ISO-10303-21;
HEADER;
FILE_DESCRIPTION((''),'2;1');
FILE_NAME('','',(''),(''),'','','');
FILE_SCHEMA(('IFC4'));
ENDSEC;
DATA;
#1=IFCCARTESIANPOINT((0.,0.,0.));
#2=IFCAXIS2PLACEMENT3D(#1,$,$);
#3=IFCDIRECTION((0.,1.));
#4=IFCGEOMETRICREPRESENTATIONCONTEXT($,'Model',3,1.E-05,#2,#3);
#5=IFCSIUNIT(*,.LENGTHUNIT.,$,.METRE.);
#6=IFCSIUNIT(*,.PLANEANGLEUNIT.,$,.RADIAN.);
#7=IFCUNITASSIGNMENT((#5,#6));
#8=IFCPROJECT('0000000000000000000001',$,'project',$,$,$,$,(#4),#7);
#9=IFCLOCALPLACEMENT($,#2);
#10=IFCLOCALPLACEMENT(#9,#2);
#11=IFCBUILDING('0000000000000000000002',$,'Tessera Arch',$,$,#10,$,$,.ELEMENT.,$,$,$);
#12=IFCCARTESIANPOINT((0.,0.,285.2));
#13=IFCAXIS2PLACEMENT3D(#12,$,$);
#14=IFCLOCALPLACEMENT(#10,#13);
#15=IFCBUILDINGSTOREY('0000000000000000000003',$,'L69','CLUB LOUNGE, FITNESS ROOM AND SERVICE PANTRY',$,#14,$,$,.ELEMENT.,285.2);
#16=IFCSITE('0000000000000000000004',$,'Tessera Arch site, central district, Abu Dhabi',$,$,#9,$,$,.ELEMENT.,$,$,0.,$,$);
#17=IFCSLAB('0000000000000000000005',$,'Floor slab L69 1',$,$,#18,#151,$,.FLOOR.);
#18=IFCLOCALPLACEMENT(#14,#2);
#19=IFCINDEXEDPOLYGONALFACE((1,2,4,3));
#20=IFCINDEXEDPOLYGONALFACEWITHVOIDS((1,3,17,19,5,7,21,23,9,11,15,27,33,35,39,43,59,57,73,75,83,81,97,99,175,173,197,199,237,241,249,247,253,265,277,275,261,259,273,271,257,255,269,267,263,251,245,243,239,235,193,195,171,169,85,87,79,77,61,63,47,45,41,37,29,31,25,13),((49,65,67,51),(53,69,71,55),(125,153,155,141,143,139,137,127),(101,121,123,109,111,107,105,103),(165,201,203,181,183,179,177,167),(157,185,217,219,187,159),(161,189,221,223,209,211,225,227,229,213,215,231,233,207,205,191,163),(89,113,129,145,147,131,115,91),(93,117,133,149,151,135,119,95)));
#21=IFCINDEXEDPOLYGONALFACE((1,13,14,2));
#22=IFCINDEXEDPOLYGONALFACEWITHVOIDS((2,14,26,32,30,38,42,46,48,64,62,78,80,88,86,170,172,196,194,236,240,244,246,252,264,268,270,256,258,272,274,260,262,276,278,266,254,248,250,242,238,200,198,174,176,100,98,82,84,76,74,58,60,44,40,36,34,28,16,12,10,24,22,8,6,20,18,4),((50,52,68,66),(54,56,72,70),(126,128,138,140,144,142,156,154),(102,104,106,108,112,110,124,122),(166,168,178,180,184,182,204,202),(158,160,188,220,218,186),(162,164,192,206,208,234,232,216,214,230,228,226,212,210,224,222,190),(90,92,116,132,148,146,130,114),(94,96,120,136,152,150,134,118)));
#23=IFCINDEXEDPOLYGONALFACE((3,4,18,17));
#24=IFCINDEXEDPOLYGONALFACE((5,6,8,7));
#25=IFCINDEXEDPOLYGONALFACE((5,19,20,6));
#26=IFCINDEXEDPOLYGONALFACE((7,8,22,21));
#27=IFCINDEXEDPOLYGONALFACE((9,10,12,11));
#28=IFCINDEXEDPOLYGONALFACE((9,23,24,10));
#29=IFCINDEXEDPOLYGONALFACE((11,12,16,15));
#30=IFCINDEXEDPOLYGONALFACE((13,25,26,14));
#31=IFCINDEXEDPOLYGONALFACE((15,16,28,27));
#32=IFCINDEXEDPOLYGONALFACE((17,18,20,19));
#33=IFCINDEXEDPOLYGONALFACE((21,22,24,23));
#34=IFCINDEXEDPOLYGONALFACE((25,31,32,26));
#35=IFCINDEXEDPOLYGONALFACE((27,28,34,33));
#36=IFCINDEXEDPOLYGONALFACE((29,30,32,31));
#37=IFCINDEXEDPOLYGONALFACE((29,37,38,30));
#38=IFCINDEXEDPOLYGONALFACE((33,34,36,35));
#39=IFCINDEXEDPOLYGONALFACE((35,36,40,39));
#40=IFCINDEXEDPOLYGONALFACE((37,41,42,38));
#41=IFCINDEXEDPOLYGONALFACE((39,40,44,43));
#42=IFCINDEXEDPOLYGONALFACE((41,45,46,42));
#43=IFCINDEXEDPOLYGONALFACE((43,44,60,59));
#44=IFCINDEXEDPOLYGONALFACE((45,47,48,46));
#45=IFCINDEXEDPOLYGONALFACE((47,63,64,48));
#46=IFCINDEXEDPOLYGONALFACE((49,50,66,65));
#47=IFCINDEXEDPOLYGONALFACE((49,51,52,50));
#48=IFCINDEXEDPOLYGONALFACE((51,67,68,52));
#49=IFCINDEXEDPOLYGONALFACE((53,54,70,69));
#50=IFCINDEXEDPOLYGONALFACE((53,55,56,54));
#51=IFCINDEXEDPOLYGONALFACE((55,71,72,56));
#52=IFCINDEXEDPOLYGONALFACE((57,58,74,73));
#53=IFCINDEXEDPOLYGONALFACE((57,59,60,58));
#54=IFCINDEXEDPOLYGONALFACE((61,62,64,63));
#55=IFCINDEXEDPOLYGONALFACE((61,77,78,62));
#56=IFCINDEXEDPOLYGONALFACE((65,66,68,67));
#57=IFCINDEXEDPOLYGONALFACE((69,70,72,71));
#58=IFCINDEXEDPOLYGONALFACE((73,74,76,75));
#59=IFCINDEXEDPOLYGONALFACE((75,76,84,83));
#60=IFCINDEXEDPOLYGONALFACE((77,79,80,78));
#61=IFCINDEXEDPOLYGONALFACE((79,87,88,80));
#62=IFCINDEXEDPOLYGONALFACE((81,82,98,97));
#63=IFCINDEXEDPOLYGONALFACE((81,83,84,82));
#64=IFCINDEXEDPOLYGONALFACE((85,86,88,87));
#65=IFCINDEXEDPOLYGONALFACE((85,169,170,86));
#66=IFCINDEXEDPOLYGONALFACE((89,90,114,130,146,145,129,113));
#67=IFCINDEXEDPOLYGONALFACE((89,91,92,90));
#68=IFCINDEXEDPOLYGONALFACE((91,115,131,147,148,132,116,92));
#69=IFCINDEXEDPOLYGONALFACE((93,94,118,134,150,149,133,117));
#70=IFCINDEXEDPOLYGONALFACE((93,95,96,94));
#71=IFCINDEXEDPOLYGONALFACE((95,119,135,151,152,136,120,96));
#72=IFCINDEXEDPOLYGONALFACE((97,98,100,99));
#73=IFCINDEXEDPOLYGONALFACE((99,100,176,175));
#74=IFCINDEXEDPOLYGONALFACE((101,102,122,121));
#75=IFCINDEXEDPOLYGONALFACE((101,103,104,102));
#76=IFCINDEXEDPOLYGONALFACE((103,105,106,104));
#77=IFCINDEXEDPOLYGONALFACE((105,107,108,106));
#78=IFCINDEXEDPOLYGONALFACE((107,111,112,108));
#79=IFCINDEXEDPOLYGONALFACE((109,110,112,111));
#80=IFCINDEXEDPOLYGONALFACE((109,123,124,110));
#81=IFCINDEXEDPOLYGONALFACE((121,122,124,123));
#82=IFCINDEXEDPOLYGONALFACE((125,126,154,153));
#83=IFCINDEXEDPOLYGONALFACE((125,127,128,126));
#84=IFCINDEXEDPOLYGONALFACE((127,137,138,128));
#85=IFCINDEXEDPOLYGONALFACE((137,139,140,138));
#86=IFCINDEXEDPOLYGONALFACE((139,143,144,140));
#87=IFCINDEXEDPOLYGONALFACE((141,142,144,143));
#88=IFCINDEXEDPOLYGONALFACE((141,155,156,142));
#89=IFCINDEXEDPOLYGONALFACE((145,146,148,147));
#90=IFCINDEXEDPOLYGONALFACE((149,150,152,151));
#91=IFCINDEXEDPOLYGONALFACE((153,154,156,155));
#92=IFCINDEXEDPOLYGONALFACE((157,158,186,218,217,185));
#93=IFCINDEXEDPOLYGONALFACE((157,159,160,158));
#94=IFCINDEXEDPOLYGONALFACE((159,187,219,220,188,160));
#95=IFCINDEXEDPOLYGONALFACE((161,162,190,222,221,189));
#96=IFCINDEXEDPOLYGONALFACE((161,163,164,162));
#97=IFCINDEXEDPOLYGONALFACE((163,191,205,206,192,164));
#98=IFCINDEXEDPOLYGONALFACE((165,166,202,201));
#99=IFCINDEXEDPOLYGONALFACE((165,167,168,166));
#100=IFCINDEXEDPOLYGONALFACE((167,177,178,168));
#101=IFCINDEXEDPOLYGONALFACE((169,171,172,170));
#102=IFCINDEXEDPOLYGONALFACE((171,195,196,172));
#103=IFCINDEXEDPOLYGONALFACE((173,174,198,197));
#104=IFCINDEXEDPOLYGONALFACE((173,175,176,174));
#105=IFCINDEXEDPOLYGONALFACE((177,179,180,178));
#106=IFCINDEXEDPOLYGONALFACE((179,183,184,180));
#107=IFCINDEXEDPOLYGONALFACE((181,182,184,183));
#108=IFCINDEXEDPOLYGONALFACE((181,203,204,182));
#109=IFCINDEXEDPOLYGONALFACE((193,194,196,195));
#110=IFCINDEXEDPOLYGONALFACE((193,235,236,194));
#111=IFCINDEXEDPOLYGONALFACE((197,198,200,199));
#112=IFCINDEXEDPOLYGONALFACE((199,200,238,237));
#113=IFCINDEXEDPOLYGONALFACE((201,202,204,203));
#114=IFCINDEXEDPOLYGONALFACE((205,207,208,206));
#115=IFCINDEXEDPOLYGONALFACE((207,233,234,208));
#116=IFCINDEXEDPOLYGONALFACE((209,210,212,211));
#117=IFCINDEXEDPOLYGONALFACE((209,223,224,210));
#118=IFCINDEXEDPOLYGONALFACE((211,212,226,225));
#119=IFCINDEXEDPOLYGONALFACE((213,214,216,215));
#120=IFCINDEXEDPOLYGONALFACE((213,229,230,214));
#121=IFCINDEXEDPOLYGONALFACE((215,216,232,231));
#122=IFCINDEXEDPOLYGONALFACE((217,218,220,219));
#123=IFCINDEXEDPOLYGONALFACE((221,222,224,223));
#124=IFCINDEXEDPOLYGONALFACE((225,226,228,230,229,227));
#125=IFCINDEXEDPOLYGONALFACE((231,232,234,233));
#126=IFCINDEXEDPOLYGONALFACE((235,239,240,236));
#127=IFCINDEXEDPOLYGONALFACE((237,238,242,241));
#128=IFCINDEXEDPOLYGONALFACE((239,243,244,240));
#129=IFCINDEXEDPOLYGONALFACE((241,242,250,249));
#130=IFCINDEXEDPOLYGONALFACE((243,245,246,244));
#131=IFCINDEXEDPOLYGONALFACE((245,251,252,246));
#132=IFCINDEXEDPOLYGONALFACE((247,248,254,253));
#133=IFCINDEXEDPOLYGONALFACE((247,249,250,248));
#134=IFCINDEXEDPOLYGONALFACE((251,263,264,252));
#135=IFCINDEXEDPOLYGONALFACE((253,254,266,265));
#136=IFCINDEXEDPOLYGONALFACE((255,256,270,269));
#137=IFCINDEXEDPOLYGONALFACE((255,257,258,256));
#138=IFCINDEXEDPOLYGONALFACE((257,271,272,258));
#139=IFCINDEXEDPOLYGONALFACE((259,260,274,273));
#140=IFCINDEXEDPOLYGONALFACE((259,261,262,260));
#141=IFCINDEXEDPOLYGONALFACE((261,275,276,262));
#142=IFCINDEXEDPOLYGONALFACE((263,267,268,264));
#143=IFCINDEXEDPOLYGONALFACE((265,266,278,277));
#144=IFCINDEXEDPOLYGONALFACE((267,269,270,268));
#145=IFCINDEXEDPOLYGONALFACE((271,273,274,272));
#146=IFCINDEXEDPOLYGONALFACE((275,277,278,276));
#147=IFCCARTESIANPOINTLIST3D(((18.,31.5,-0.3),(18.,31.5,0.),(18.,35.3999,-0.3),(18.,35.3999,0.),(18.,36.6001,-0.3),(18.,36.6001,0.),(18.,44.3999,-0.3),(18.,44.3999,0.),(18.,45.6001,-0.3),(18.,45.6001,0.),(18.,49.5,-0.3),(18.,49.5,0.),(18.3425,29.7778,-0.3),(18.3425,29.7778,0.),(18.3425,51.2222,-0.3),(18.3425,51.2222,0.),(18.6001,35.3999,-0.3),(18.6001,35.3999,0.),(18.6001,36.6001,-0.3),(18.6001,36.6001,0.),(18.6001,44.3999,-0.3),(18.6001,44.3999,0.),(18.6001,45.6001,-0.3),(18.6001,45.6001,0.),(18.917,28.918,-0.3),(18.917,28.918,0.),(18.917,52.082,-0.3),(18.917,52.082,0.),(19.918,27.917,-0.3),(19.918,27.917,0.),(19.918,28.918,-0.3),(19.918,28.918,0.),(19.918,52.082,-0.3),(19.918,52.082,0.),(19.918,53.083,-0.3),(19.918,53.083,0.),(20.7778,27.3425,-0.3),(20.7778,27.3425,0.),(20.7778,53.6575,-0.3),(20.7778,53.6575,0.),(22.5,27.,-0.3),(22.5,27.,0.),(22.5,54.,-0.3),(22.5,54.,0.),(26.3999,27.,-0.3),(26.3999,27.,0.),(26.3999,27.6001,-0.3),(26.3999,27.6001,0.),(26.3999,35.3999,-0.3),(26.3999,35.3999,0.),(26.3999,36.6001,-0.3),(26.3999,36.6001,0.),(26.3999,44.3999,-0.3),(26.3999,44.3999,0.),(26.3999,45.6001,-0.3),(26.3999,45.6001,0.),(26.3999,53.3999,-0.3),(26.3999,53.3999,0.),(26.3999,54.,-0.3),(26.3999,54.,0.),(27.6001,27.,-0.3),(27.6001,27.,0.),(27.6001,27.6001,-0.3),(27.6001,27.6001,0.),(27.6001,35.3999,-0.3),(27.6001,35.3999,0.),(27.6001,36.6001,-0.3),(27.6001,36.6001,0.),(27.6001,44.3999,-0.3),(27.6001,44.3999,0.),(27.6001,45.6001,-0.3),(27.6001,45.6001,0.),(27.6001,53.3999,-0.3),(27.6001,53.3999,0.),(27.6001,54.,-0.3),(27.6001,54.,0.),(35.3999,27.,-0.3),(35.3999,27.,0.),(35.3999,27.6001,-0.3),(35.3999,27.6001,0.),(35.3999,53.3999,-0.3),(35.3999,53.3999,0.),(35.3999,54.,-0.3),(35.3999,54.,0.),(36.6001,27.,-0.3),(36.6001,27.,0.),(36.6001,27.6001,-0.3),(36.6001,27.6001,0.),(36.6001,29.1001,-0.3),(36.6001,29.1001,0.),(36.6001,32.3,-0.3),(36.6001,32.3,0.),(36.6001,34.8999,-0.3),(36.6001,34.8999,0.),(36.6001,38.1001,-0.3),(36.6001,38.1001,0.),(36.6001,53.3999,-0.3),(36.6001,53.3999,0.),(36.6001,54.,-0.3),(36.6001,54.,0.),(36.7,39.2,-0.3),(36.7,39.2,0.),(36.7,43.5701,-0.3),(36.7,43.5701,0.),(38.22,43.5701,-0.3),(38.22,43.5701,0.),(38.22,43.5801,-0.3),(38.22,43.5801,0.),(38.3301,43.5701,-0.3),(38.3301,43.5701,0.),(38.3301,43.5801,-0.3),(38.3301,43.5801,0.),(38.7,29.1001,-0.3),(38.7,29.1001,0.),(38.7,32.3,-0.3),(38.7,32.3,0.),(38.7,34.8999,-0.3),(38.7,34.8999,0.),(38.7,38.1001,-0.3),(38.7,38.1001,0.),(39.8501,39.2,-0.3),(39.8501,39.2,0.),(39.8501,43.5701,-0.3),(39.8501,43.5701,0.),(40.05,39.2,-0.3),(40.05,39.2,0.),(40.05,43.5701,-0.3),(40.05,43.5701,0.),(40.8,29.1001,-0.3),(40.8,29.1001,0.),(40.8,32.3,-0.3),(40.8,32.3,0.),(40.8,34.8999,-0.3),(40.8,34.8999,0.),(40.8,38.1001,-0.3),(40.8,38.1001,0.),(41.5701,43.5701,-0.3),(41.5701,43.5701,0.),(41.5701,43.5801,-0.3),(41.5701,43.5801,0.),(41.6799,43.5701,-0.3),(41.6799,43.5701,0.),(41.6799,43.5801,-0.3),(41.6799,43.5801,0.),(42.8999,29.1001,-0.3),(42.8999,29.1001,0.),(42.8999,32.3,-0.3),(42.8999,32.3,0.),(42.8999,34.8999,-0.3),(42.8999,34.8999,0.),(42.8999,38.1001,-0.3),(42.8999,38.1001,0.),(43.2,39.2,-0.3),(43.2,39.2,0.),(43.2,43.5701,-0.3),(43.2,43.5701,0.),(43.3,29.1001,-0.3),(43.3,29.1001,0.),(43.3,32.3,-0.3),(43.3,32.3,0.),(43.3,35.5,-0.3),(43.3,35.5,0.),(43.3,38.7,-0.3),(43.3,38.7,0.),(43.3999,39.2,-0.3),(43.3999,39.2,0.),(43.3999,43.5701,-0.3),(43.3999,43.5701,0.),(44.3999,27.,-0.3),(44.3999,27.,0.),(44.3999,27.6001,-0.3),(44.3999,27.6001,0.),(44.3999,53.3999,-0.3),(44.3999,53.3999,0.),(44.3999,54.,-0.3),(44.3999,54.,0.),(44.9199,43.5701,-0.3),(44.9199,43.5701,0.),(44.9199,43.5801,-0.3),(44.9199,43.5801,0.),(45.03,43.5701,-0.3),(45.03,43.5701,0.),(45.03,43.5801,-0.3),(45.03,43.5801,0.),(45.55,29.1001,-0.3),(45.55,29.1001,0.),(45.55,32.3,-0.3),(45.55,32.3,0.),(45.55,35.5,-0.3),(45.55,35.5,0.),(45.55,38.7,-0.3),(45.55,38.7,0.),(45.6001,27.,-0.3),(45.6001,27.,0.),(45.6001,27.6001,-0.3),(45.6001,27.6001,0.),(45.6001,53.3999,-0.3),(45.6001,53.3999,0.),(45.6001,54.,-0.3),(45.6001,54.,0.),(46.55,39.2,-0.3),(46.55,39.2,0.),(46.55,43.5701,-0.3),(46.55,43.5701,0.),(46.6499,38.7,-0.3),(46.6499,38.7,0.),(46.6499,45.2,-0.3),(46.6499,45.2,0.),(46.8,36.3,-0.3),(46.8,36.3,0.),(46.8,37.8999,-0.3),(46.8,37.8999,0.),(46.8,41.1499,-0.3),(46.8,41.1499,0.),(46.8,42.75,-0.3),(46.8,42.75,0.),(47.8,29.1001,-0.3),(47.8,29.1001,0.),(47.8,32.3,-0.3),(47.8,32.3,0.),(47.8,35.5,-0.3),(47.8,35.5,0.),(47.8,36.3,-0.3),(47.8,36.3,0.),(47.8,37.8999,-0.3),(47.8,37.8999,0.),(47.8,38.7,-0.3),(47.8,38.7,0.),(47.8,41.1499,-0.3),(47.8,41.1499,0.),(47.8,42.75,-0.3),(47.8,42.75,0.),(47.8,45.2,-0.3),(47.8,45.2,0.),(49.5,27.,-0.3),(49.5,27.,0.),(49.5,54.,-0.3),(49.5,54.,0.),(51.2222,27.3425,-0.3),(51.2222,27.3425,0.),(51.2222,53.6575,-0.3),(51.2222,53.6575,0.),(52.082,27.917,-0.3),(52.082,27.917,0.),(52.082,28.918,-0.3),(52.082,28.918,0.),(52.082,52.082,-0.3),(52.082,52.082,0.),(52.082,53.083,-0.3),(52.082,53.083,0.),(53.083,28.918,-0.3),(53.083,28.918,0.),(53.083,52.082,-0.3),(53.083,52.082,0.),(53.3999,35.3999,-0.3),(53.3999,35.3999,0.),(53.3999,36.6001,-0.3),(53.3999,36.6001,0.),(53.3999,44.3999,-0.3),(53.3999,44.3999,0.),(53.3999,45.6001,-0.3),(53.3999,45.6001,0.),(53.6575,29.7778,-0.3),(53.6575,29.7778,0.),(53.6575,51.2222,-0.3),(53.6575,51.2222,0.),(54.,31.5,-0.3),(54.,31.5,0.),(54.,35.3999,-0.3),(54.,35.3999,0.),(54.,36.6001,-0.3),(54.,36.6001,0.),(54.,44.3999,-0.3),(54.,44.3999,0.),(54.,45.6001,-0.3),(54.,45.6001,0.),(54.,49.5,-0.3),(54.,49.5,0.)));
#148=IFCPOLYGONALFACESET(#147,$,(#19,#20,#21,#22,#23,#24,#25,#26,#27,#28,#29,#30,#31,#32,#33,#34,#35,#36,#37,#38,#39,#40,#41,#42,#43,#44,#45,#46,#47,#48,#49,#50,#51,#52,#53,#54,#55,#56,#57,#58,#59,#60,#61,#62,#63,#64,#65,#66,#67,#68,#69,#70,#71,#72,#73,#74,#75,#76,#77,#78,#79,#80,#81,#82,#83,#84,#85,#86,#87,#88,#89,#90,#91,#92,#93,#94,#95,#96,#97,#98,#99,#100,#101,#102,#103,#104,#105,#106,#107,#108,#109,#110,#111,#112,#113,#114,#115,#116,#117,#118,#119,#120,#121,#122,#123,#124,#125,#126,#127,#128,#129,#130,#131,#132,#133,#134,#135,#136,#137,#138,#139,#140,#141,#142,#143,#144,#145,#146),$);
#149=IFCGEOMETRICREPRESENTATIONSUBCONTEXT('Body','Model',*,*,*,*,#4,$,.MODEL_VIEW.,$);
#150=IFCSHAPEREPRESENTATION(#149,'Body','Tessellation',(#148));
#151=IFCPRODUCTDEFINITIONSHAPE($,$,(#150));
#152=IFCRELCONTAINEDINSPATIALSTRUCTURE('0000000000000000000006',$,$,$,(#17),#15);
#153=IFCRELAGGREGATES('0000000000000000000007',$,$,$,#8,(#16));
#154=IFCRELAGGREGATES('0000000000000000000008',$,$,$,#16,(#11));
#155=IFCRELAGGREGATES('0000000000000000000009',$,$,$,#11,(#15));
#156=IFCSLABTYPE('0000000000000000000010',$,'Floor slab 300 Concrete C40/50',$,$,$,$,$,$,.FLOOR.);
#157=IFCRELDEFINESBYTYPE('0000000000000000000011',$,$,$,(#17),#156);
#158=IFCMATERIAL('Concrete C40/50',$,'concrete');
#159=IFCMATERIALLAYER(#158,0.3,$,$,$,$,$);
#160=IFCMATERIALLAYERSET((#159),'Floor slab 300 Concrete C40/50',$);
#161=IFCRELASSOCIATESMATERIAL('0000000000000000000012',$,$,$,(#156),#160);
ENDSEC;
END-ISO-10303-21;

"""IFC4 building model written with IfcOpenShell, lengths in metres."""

from ifc_helpers import new_model, si_unit, direction, frame, origin, place, context, subcontext, project, spatial, polyline, outline, extrude, material, layer, layer_set, type_object, element, save


model = new_model("IFC4")

# Units and contexts
model_context = context("Model", 3, precision=1e-05, world=origin(), true_north=direction((0.0, 1.0)))
body_context = subcontext(model_context, "Body", "Model", "MODEL_VIEW")
ifc_project = project(units=[si_unit("LENGTHUNIT", "METRE"), si_unit("PLANEANGLEUNIT", "RADIAN")], contexts=[model_context])

# Site, building, storey
site_placement = place(None, origin())
site = spatial("IfcSite", under=ifc_project, at=site_placement, Name="Tessera Arch site, central district, Abu Dhabi", CompositionType="ELEMENT", RefElevation=0.0)
building_placement = place(site_placement, origin())
building = spatial("IfcBuilding", under=site, at=building_placement, Name="Tessera Arch", CompositionType="ELEMENT")
storey_placement = place(building_placement, frame((0.0, 0.0, 285.2)))
storey = spatial("IfcBuildingStorey", under=building, at=storey_placement, Name="L69", Description="CLUB LOUNGE, FITNESS ROOM AND SERVICE PANTRY", CompositionType="ELEMENT", Elevation=285.2)

# Slab
ifc_material_1 = material(Name="Concrete C40/50", Category="concrete")
ifc_layer_1 = layer(ifc_material_1, 0.3)
ifc_layer_set_1 = layer_set([ifc_layer_1], Name="Floor slab 300 Concrete C40/50")
slab_type = type_object("IfcSlabType", Name="Floor slab 300 Concrete C40/50", PredefinedType="FLOOR", material=ifc_layer_set_1)
slab_placement = place(storey_placement, frame((0.0, 0.0, -0.3)))
element("IfcSlab", 1, at=slab_placement, inside=storey, type_object=slab_type, Name="Floor slab L69 1", PredefinedType="FLOOR", context=body_context, shape_type="SweptSolid", body=[
    extrude(outline(polyline([(54.0, 31.5), (53.6575, 29.7778), (53.083, 28.918), (52.082, 28.918), (52.082, 27.917), (51.2222, 27.3425), (49.5, 27.0), (45.6001, 27.0), (45.6001, 27.6001), (44.3999, 27.6001), (44.3999, 27.0), (36.6001, 27.0), (36.6001, 27.6001), (35.3999, 27.6001), (35.3999, 27.0), (27.6001, 27.0), (27.6001, 27.6001), (26.3999, 27.6001), (26.3999, 27.0), (22.5, 27.0), (20.7778, 27.3425), (19.918, 27.917), (19.918, 28.918), (18.917, 28.918), (18.3425, 29.7778), (18.0, 31.5), (18.0, 35.3999), (18.6001, 35.3999), (18.6001, 36.6001), (18.0, 36.6001), (18.0, 44.3999), (18.6001, 44.3999), (18.6001, 45.6001), (18.0, 45.6001), (18.0, 49.5), (18.3425, 51.2222), (18.917, 52.082), (19.918, 52.082), (19.918, 53.083), (20.7778, 53.6575), (22.5, 54.0), (26.3999, 54.0), (26.3999, 53.3999), (27.6001, 53.3999), (27.6001, 54.0), (35.3999, 54.0), (35.3999, 53.3999), (36.6001, 53.3999), (36.6001, 54.0), (44.3999, 54.0), (44.3999, 53.3999), (45.6001, 53.3999), (45.6001, 54.0), (49.5, 54.0), (51.2222, 53.6575), (52.082, 53.083), (52.082, 52.082), (53.083, 52.082), (53.6575, 51.2222), (54.0, 49.5), (54.0, 45.6001), (53.3999, 45.6001), (53.3999, 44.3999), (54.0, 44.3999), (54.0, 36.6001), (53.3999, 36.6001), (53.3999, 35.3999), (54.0, 35.3999), (54.0, 31.5)]), holes=[polyline([(40.8, 29.1001), (42.8999, 29.1001), (42.8999, 32.3), (40.8, 32.3), (38.7, 32.3), (36.6001, 32.3), (36.6001, 29.1001), (38.7, 29.1001), (40.8, 29.1001)]), polyline([(27.6001, 35.3999), (27.6001, 36.6001), (26.3999, 36.6001), (26.3999, 35.3999), (27.6001, 35.3999)]), polyline([(40.8, 34.8999), (42.8999, 34.8999), (42.8999, 38.1001), (40.8, 38.1001), (38.7, 38.1001), (36.6001, 38.1001), (36.6001, 34.8999), (38.7, 34.8999), (40.8, 34.8999)]), polyline([(38.22, 43.5801), (38.22, 43.5701), (36.7, 43.5701), (36.7, 39.2), (39.8501, 39.2), (39.8501, 43.5701), (38.3301, 43.5701), (38.3301, 43.5801), (38.22, 43.5801)]), polyline([(27.6001, 44.3999), (27.6001, 45.6001), (26.3999, 45.6001), (26.3999, 44.3999), (27.6001, 44.3999)]), polyline([(47.8, 32.3), (45.55, 32.3), (43.3, 32.3), (43.3, 29.1001), (45.55, 29.1001), (47.8, 29.1001), (47.8, 32.3)]), polyline([(46.6499, 38.7), (45.55, 38.7), (43.3, 38.7), (43.3, 35.5), (45.55, 35.5), (47.8, 35.5), (47.8, 36.3), (46.8, 36.3), (46.8, 37.8999), (47.8, 37.8999), (47.8, 38.7), (47.8, 41.1499), (46.8, 41.1499), (46.8, 42.75), (47.8, 42.75), (47.8, 45.2), (46.6499, 45.2), (46.6499, 38.7)]), polyline([(41.5701, 43.5801), (41.5701, 43.5701), (40.05, 43.5701), (40.05, 39.2), (43.2, 39.2), (43.2, 43.5701), (41.6799, 43.5701), (41.6799, 43.5801), (41.5701, 43.5801)]), polyline([(44.9199, 43.5801), (44.9199, 43.5701), (43.3999, 43.5701), (43.3999, 39.2), (46.55, 39.2), (46.55, 43.5701), (45.03, 43.5701), (45.03, 43.5801), (44.9199, 43.5801)])]), origin(), (0.0, 0.0, 1.0), 0.3),
])

save(model, "model.ifc")
